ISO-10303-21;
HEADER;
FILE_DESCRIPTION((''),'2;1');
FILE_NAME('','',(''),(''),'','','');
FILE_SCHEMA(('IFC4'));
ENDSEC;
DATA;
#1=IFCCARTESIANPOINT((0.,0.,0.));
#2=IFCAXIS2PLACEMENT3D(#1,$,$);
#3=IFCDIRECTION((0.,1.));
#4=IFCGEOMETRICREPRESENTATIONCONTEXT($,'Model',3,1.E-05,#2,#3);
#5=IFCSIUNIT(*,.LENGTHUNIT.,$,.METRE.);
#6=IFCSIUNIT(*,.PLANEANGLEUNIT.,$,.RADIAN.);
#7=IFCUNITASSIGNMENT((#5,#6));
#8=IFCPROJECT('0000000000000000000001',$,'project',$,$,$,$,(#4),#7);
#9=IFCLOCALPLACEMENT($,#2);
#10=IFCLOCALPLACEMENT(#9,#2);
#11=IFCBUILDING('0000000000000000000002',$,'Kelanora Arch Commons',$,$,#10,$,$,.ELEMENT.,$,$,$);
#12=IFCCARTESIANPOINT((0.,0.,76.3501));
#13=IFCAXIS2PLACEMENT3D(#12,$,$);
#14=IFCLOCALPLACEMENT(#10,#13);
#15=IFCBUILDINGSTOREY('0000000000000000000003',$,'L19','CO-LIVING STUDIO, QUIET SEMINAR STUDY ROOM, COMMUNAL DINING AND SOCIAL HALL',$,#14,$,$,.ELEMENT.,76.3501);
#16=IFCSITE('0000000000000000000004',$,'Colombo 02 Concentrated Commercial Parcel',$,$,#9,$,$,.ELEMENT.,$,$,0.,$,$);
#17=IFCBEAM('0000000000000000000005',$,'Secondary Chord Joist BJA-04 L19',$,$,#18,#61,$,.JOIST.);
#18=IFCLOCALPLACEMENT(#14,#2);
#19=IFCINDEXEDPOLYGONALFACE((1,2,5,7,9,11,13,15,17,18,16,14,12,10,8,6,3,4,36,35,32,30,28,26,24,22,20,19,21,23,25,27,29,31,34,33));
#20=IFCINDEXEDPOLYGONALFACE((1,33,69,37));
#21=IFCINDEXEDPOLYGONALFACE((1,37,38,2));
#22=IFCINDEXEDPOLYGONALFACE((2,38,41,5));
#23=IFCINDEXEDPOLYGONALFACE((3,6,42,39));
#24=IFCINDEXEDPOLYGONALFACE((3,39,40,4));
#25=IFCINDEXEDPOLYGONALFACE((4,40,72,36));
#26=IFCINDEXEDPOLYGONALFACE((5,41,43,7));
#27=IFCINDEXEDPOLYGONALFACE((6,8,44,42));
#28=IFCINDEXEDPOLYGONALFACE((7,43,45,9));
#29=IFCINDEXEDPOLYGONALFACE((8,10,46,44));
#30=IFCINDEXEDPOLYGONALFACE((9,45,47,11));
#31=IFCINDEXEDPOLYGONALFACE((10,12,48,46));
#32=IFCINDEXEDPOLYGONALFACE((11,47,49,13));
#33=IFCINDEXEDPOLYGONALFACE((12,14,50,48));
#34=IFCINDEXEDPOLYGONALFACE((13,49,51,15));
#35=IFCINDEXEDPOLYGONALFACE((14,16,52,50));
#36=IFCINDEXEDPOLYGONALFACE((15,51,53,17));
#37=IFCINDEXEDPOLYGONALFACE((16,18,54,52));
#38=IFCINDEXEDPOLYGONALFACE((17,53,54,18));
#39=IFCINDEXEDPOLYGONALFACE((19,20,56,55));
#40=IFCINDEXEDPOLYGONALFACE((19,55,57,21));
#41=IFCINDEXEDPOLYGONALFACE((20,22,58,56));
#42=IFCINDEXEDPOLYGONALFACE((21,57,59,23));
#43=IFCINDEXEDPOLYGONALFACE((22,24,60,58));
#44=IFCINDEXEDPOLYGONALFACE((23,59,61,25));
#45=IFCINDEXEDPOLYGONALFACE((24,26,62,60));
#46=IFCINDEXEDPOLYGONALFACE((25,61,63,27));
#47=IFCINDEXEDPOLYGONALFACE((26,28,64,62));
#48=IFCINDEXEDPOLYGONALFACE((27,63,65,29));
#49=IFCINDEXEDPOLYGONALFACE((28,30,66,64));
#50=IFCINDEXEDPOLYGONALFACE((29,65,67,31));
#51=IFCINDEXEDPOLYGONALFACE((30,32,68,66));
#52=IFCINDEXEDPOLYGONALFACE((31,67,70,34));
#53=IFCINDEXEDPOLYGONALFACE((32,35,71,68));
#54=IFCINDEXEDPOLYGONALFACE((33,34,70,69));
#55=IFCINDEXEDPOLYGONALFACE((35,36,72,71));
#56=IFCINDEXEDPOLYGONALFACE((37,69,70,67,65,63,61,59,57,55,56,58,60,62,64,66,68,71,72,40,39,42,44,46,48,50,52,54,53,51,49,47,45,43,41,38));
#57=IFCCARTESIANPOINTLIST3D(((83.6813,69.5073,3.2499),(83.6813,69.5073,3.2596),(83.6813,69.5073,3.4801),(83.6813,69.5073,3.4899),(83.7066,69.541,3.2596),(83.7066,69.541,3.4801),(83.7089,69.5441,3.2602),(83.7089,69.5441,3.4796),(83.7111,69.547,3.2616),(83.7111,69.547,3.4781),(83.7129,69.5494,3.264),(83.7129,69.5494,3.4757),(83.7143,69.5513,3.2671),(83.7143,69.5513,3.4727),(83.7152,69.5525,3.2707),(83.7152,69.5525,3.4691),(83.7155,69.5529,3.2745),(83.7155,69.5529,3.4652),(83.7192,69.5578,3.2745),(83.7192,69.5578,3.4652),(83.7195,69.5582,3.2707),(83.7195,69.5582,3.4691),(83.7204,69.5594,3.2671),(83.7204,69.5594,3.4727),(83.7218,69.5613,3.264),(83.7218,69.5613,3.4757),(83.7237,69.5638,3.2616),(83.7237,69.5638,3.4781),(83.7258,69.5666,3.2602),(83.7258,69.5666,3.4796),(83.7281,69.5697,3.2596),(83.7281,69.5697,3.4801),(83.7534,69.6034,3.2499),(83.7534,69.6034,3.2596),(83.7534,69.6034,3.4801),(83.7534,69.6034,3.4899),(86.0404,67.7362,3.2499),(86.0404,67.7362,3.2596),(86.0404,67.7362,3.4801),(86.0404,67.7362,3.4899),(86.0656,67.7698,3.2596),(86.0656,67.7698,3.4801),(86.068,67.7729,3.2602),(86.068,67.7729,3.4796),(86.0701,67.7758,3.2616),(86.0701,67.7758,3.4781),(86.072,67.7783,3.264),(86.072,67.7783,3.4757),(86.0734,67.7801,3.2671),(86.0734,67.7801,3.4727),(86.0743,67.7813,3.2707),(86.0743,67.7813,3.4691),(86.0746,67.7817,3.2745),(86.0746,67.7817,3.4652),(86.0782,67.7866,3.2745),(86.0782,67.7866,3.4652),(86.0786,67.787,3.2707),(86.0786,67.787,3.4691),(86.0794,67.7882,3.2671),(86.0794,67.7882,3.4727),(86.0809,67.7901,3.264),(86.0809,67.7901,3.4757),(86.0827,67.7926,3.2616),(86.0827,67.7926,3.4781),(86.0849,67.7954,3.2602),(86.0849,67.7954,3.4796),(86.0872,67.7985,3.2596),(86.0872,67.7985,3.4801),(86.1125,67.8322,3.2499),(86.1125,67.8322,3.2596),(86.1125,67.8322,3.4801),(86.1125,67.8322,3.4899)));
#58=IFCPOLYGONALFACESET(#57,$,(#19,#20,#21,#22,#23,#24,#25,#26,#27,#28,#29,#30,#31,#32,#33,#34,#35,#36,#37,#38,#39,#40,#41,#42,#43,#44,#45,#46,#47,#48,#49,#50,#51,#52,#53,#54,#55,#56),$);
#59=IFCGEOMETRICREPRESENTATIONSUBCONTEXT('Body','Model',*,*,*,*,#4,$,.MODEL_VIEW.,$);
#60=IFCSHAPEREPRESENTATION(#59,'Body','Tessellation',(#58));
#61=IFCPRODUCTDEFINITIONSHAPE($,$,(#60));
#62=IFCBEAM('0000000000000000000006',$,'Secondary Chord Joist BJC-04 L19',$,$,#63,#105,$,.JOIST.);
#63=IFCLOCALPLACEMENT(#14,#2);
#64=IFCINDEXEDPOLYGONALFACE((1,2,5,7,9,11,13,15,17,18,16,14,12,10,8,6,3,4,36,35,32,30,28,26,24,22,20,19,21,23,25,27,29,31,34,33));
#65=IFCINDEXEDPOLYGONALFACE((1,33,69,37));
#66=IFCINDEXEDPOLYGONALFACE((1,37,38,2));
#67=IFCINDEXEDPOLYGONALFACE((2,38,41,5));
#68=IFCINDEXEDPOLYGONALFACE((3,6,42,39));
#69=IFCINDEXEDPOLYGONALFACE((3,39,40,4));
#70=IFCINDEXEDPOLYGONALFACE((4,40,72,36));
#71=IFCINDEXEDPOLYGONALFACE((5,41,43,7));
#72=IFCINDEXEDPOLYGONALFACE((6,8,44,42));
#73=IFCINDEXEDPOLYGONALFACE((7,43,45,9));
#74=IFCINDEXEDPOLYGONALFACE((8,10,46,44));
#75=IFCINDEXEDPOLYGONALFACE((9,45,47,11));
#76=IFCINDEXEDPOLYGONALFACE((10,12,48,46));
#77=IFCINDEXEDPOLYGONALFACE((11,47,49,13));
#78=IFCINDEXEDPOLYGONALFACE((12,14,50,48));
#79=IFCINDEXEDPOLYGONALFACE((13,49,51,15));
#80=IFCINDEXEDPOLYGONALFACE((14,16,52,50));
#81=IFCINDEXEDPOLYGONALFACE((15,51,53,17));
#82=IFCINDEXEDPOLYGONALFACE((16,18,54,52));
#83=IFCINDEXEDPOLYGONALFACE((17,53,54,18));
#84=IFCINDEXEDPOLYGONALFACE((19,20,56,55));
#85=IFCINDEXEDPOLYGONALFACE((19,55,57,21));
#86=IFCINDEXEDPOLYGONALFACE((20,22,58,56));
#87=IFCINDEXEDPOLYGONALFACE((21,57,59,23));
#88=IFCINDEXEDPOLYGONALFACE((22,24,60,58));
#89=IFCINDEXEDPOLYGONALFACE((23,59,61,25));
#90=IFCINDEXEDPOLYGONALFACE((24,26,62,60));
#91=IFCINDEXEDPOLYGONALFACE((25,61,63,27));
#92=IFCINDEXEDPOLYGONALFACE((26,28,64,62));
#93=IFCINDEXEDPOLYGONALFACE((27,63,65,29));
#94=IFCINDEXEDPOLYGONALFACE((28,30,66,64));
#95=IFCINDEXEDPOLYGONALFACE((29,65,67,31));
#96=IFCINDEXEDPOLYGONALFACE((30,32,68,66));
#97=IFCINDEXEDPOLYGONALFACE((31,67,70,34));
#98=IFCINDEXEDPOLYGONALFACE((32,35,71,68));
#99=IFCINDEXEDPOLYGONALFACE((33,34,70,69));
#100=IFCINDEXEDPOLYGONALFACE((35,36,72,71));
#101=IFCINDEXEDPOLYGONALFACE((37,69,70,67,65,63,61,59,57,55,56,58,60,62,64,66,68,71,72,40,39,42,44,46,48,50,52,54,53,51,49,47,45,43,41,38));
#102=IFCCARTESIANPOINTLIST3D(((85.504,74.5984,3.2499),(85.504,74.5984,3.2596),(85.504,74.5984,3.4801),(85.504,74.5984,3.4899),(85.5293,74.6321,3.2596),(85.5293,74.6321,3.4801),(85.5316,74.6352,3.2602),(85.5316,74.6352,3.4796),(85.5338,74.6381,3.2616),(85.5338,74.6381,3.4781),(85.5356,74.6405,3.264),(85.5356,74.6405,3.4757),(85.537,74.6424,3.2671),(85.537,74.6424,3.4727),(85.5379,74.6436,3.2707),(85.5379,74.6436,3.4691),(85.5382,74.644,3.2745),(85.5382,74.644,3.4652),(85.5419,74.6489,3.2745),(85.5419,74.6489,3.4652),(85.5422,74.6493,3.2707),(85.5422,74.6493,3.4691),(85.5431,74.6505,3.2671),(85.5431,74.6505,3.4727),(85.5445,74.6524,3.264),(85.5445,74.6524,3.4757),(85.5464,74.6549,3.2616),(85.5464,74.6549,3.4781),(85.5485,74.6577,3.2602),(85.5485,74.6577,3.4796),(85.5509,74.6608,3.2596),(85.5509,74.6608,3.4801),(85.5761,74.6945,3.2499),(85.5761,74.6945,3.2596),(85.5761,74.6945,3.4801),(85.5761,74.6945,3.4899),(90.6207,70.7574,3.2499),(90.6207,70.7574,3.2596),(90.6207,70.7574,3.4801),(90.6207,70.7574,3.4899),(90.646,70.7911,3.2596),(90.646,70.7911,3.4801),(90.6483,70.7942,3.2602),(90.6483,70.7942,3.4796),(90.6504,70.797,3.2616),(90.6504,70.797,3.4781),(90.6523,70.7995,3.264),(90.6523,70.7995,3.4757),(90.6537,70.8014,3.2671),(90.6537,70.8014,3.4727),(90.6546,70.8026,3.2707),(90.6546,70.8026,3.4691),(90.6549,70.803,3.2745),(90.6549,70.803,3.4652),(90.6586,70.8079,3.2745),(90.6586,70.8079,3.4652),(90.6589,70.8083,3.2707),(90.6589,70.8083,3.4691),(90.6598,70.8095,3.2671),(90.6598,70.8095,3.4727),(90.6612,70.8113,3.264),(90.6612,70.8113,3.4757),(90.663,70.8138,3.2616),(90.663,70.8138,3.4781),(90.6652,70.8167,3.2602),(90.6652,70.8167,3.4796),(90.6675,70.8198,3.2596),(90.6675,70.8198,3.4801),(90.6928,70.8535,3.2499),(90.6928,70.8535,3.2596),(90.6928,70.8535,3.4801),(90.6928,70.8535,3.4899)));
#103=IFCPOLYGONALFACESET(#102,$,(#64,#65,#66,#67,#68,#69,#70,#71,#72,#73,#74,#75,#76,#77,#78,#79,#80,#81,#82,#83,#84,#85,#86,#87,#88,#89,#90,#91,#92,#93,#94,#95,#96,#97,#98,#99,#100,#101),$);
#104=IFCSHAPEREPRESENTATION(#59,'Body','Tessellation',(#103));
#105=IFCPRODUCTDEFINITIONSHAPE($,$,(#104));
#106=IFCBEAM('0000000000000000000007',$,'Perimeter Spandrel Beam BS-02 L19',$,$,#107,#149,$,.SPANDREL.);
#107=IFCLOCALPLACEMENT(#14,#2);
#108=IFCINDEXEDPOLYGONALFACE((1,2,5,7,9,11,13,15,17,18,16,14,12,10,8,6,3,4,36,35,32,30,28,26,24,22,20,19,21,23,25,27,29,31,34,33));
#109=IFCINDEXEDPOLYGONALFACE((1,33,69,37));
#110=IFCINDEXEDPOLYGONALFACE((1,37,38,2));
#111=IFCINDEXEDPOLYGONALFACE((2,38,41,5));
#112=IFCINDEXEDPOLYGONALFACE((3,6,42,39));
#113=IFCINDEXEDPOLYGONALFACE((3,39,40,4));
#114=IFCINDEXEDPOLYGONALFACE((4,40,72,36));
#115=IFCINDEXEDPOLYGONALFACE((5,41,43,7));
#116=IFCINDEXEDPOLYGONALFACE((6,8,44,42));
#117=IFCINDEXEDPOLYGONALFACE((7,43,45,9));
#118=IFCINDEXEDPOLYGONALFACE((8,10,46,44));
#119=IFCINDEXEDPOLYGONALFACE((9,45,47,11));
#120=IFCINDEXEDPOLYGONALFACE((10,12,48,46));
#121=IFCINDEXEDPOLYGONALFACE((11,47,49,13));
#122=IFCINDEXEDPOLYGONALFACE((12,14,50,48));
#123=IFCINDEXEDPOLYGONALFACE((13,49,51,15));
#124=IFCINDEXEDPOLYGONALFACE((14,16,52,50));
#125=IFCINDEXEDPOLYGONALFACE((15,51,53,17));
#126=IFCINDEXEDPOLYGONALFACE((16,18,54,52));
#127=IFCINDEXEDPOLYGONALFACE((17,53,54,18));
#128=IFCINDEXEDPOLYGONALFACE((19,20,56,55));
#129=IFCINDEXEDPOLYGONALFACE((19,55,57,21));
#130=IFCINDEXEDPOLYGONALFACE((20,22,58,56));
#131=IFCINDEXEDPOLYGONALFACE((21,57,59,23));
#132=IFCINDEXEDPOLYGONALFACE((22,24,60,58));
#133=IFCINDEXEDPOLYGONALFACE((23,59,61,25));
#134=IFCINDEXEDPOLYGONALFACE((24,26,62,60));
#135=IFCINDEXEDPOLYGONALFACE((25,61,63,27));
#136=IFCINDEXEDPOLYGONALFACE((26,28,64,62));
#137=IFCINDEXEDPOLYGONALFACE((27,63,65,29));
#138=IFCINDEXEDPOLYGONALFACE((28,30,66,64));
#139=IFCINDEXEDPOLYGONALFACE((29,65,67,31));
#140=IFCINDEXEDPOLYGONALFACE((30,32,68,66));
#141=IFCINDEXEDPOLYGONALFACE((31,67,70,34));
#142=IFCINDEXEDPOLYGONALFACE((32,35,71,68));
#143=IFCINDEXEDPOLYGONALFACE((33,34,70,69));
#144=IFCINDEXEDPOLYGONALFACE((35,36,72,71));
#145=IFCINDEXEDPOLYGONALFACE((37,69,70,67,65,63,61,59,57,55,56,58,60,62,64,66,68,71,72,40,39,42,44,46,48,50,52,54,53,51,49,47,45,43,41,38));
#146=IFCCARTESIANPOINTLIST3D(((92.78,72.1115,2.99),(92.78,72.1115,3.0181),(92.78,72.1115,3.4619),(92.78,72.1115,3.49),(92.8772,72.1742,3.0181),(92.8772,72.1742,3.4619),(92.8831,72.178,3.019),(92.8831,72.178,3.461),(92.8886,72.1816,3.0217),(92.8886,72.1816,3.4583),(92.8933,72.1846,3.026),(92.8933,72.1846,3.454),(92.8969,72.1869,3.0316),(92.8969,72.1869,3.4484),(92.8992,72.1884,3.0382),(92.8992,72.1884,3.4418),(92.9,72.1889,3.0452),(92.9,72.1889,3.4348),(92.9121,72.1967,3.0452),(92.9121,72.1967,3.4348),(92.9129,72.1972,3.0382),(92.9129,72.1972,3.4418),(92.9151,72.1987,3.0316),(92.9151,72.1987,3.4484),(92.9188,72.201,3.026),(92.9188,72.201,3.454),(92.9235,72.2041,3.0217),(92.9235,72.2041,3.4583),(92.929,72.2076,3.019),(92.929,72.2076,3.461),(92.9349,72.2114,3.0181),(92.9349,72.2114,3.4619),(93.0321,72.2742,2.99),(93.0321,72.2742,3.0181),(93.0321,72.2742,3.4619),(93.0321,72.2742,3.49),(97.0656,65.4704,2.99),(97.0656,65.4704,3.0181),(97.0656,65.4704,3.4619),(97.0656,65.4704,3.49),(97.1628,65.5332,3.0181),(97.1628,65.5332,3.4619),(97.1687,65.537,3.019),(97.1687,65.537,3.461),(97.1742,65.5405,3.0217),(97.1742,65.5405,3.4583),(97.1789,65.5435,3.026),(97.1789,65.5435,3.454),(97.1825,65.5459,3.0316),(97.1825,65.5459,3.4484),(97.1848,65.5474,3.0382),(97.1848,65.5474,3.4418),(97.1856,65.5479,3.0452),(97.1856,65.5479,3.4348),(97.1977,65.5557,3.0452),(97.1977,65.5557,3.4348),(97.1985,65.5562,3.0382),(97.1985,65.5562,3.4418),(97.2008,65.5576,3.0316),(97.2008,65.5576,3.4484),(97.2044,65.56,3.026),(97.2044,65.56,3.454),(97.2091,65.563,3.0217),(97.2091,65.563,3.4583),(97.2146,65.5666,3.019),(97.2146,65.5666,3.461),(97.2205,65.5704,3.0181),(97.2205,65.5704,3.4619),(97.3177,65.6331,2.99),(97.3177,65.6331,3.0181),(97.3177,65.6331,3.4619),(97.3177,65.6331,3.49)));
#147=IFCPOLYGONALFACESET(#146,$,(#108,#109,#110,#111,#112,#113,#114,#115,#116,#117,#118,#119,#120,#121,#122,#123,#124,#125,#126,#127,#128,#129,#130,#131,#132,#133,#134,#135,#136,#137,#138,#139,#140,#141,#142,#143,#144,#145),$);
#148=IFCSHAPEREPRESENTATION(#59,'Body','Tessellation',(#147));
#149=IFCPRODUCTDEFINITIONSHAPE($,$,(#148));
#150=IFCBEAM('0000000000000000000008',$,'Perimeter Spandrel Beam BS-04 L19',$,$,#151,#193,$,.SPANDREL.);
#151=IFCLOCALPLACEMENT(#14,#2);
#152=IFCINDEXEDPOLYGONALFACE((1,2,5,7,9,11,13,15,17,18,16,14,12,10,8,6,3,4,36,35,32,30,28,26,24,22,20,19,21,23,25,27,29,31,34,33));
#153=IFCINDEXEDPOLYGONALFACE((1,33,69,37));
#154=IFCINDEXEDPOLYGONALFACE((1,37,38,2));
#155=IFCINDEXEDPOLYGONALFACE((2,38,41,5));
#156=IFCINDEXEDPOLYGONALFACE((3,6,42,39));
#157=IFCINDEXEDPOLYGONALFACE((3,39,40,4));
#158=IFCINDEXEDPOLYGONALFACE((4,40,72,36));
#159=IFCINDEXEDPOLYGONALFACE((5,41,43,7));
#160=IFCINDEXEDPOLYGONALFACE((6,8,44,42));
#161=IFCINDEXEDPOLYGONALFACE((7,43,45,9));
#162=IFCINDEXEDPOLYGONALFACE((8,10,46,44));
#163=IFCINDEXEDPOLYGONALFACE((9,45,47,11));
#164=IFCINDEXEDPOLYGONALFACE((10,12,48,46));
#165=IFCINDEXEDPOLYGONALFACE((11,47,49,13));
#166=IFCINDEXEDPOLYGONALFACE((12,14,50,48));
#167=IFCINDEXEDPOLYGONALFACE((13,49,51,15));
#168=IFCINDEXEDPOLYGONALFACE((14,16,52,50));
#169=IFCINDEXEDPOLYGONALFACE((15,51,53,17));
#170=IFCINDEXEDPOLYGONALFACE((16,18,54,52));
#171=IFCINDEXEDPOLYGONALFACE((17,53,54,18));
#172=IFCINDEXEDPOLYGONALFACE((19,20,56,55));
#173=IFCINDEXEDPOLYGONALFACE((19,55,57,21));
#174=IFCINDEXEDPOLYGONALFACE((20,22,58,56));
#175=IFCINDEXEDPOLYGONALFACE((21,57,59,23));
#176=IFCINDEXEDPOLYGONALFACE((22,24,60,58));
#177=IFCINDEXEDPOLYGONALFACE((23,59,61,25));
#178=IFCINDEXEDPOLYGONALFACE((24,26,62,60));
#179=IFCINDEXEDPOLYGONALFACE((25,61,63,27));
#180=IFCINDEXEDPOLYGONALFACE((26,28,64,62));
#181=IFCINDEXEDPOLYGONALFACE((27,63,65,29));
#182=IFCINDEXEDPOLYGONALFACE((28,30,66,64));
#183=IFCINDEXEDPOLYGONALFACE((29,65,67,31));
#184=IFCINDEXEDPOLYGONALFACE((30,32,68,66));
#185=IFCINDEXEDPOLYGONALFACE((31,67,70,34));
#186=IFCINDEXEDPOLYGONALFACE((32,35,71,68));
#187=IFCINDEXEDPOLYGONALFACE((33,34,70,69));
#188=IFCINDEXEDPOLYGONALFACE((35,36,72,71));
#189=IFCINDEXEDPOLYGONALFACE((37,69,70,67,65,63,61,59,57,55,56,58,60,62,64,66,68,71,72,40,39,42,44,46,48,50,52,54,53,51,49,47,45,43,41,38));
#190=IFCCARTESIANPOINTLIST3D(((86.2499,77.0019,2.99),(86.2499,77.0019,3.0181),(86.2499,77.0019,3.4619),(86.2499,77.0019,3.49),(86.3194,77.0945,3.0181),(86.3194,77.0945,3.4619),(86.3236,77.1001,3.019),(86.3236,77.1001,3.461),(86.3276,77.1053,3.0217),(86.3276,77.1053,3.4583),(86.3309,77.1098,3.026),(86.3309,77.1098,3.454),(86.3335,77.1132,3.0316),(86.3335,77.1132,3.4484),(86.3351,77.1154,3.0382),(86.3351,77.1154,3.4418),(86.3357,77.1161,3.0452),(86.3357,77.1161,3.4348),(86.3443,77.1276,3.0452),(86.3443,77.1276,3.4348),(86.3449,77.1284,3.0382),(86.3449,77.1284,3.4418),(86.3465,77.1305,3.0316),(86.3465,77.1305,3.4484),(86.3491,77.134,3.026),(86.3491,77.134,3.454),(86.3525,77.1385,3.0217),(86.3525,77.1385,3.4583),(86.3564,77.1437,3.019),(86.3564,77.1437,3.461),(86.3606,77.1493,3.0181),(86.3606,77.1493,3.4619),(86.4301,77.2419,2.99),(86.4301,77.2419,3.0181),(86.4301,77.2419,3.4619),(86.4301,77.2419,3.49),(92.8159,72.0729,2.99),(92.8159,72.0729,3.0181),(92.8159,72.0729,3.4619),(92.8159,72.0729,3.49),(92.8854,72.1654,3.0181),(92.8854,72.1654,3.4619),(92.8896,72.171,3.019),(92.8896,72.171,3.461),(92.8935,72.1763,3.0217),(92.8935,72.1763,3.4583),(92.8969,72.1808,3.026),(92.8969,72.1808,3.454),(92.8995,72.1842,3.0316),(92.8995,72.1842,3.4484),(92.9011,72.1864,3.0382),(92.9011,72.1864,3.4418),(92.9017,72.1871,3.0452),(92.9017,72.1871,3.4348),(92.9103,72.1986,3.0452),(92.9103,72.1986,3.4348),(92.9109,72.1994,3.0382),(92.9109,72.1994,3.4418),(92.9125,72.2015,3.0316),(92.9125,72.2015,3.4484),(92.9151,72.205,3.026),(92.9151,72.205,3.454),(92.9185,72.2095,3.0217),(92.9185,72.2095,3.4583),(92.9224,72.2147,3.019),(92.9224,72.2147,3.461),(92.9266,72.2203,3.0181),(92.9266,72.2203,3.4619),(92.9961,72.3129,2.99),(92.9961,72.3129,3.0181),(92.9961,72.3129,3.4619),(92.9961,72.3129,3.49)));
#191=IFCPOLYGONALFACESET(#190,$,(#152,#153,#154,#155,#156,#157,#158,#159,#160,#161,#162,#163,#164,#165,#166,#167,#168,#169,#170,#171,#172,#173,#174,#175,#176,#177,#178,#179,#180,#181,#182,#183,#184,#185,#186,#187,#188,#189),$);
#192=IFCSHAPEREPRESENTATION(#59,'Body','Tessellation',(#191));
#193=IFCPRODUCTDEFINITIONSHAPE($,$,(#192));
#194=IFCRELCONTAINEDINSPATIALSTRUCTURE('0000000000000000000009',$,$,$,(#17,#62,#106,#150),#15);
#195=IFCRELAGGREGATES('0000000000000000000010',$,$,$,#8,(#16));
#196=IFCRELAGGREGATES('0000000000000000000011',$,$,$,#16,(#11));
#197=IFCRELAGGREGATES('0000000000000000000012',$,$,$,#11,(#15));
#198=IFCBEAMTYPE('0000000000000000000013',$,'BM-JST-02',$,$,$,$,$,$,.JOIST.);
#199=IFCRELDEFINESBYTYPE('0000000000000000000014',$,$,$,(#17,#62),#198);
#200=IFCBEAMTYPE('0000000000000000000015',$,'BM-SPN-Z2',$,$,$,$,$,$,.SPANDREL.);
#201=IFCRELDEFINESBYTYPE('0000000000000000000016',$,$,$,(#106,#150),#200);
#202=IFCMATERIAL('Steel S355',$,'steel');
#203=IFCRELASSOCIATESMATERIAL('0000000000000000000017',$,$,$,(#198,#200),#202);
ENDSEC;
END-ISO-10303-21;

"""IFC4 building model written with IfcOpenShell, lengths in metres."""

from ifc_helpers import new_model, si_unit, direction, frame, origin, origin_2d, place, context, subcontext, project, spatial, i_section, extrude, material, material_profile, profile_set, type_object, element, save


model = new_model("IFC4")

# Units and contexts
model_context = context("Model", 3, precision=1e-05, world=origin(), true_north=direction((0.0, 1.0)))
body_context = subcontext(model_context, "Body", "Model", "MODEL_VIEW")
ifc_project = project(units=[si_unit("LENGTHUNIT", "METRE"), si_unit("PLANEANGLEUNIT", "RADIAN")], contexts=[model_context])

# Site, building, storey
site_placement = place(None, origin())
site = spatial("IfcSite", under=ifc_project, at=site_placement, Name="Colombo 02 Concentrated Commercial Parcel", CompositionType="ELEMENT", RefElevation=0.0)
building_placement = place(site_placement, origin())
building = spatial("IfcBuilding", under=site, at=building_placement, Name="Kelanora Arch Commons", CompositionType="ELEMENT")
storey_placement = place(building_placement, frame((0.0, 0.0, 76.3501)))
storey = spatial("IfcBuildingStorey", under=building, at=storey_placement, Name="L19", Description="CO-LIVING STUDIO, QUIET SEMINAR STUDY ROOM, COMMUNAL DINING AND SOCIAL HALL", CompositionType="ELEMENT", Elevation=76.3501)

# Beams
ifc_material_1 = material(Name="Steel S355", Category="steel")
ifc_material_profile_1 = material_profile(ifc_material_1, i_section(OverallWidth=0.1201, OverallDepth=0.24, WebThickness=0.0061, FlangeThickness=0.0098, FilletRadius=0.0149, at=origin_2d()), Name="IPE240")
ifc_profile_set_1 = profile_set([ifc_material_profile_1], Name="Steel S355")
beam_type_1 = type_object("IfcBeamType", Name="BM-JST-02", PredefinedType="JOIST", material=ifc_profile_set_1)
beam_1_placement = place(storey_placement, frame((86.0764, 67.7842, 3.3699), z_axis=(-0.799692, 0.60041, 0.0), x_axis=(-0.60041, -0.799692, 0.0)))
element("IfcBeam", 1, at=beam_1_placement, inside=storey, type_object=beam_type_1, Name="Secondary Chord Joist BJA-04 L19", PredefinedType="JOIST", context=body_context, shape_type="SweptSolid", body=[
    extrude(i_section(OverallWidth=0.1201, OverallDepth=0.24, WebThickness=0.0061, FlangeThickness=0.0098, FilletRadius=0.0149, at=origin_2d()), origin(), (0.0, 0.0, 1.0), 2.95),
])
beam_2_placement = place(storey_placement, frame((90.6567, 70.8054, 3.3699), z_axis=(-0.799734, 0.600354, 0.0), x_axis=(-0.600354, -0.799734, 0.0)))
element("IfcBeam", 2, at=beam_2_placement, inside=storey, type_object=beam_type_1, Name="Secondary Chord Joist BJC-04 L19", PredefinedType="JOIST", context=body_context, shape_type="SweptSolid", body=[
    extrude(i_section(OverallWidth=0.1201, OverallDepth=0.24, WebThickness=0.0061, FlangeThickness=0.0098, FilletRadius=0.0149, at=origin_2d()), origin(), (0.0, 0.0, 1.0), 6.3979),
])
ifc_material_profile_2 = material_profile(ifc_material_1, i_section(OverallWidth=0.3, OverallDepth=0.5, WebThickness=0.0144, FlangeThickness=0.0281, FilletRadius=0.0271, at=origin_2d()), Name="HEB500")
ifc_profile_set_2 = profile_set([ifc_material_profile_2], Name="Steel S355")
beam_type_2 = type_object("IfcBeamType", Name="BM-SPN-Z2", PredefinedType="SPANDREL", material=ifc_profile_set_2)
beam_3_placement = place(storey_placement, frame((97.1917, 65.5518, 3.24), z_axis=(-0.542221, 0.840236, 0.0), x_axis=(-0.840236, -0.542221, 0.0)))
element("IfcBeam", 3, at=beam_3_placement, inside=storey, type_object=beam_type_2, Name="Perimeter Spandrel Beam BS-02 L19", PredefinedType="SPANDREL", context=body_context, shape_type="SweptSolid", body=[
    extrude(i_section(OverallWidth=0.3, OverallDepth=0.5, WebThickness=0.0144, FlangeThickness=0.0281, FilletRadius=0.0271, at=origin_2d()), origin(), (0.0, 0.0, 1.0), 7.9038),
])
beam_4_placement = place(storey_placement, frame((92.906, 72.1929, 3.24), z_axis=(-0.799736, 0.600352, 0.0), x_axis=(-0.600352, -0.799736, 0.0)))
element("IfcBeam", 4, at=beam_4_placement, inside=storey, type_object=beam_type_2, Name="Perimeter Spandrel Beam BS-04 L19", PredefinedType="SPANDREL", context=body_context, shape_type="SweptSolid", body=[
    extrude(i_section(OverallWidth=0.3, OverallDepth=0.5, WebThickness=0.0144, FlangeThickness=0.0281, FilletRadius=0.0271, at=origin_2d()), origin(), (0.0, 0.0, 1.0), 8.2102),
])

save(model, "model.ifc")
